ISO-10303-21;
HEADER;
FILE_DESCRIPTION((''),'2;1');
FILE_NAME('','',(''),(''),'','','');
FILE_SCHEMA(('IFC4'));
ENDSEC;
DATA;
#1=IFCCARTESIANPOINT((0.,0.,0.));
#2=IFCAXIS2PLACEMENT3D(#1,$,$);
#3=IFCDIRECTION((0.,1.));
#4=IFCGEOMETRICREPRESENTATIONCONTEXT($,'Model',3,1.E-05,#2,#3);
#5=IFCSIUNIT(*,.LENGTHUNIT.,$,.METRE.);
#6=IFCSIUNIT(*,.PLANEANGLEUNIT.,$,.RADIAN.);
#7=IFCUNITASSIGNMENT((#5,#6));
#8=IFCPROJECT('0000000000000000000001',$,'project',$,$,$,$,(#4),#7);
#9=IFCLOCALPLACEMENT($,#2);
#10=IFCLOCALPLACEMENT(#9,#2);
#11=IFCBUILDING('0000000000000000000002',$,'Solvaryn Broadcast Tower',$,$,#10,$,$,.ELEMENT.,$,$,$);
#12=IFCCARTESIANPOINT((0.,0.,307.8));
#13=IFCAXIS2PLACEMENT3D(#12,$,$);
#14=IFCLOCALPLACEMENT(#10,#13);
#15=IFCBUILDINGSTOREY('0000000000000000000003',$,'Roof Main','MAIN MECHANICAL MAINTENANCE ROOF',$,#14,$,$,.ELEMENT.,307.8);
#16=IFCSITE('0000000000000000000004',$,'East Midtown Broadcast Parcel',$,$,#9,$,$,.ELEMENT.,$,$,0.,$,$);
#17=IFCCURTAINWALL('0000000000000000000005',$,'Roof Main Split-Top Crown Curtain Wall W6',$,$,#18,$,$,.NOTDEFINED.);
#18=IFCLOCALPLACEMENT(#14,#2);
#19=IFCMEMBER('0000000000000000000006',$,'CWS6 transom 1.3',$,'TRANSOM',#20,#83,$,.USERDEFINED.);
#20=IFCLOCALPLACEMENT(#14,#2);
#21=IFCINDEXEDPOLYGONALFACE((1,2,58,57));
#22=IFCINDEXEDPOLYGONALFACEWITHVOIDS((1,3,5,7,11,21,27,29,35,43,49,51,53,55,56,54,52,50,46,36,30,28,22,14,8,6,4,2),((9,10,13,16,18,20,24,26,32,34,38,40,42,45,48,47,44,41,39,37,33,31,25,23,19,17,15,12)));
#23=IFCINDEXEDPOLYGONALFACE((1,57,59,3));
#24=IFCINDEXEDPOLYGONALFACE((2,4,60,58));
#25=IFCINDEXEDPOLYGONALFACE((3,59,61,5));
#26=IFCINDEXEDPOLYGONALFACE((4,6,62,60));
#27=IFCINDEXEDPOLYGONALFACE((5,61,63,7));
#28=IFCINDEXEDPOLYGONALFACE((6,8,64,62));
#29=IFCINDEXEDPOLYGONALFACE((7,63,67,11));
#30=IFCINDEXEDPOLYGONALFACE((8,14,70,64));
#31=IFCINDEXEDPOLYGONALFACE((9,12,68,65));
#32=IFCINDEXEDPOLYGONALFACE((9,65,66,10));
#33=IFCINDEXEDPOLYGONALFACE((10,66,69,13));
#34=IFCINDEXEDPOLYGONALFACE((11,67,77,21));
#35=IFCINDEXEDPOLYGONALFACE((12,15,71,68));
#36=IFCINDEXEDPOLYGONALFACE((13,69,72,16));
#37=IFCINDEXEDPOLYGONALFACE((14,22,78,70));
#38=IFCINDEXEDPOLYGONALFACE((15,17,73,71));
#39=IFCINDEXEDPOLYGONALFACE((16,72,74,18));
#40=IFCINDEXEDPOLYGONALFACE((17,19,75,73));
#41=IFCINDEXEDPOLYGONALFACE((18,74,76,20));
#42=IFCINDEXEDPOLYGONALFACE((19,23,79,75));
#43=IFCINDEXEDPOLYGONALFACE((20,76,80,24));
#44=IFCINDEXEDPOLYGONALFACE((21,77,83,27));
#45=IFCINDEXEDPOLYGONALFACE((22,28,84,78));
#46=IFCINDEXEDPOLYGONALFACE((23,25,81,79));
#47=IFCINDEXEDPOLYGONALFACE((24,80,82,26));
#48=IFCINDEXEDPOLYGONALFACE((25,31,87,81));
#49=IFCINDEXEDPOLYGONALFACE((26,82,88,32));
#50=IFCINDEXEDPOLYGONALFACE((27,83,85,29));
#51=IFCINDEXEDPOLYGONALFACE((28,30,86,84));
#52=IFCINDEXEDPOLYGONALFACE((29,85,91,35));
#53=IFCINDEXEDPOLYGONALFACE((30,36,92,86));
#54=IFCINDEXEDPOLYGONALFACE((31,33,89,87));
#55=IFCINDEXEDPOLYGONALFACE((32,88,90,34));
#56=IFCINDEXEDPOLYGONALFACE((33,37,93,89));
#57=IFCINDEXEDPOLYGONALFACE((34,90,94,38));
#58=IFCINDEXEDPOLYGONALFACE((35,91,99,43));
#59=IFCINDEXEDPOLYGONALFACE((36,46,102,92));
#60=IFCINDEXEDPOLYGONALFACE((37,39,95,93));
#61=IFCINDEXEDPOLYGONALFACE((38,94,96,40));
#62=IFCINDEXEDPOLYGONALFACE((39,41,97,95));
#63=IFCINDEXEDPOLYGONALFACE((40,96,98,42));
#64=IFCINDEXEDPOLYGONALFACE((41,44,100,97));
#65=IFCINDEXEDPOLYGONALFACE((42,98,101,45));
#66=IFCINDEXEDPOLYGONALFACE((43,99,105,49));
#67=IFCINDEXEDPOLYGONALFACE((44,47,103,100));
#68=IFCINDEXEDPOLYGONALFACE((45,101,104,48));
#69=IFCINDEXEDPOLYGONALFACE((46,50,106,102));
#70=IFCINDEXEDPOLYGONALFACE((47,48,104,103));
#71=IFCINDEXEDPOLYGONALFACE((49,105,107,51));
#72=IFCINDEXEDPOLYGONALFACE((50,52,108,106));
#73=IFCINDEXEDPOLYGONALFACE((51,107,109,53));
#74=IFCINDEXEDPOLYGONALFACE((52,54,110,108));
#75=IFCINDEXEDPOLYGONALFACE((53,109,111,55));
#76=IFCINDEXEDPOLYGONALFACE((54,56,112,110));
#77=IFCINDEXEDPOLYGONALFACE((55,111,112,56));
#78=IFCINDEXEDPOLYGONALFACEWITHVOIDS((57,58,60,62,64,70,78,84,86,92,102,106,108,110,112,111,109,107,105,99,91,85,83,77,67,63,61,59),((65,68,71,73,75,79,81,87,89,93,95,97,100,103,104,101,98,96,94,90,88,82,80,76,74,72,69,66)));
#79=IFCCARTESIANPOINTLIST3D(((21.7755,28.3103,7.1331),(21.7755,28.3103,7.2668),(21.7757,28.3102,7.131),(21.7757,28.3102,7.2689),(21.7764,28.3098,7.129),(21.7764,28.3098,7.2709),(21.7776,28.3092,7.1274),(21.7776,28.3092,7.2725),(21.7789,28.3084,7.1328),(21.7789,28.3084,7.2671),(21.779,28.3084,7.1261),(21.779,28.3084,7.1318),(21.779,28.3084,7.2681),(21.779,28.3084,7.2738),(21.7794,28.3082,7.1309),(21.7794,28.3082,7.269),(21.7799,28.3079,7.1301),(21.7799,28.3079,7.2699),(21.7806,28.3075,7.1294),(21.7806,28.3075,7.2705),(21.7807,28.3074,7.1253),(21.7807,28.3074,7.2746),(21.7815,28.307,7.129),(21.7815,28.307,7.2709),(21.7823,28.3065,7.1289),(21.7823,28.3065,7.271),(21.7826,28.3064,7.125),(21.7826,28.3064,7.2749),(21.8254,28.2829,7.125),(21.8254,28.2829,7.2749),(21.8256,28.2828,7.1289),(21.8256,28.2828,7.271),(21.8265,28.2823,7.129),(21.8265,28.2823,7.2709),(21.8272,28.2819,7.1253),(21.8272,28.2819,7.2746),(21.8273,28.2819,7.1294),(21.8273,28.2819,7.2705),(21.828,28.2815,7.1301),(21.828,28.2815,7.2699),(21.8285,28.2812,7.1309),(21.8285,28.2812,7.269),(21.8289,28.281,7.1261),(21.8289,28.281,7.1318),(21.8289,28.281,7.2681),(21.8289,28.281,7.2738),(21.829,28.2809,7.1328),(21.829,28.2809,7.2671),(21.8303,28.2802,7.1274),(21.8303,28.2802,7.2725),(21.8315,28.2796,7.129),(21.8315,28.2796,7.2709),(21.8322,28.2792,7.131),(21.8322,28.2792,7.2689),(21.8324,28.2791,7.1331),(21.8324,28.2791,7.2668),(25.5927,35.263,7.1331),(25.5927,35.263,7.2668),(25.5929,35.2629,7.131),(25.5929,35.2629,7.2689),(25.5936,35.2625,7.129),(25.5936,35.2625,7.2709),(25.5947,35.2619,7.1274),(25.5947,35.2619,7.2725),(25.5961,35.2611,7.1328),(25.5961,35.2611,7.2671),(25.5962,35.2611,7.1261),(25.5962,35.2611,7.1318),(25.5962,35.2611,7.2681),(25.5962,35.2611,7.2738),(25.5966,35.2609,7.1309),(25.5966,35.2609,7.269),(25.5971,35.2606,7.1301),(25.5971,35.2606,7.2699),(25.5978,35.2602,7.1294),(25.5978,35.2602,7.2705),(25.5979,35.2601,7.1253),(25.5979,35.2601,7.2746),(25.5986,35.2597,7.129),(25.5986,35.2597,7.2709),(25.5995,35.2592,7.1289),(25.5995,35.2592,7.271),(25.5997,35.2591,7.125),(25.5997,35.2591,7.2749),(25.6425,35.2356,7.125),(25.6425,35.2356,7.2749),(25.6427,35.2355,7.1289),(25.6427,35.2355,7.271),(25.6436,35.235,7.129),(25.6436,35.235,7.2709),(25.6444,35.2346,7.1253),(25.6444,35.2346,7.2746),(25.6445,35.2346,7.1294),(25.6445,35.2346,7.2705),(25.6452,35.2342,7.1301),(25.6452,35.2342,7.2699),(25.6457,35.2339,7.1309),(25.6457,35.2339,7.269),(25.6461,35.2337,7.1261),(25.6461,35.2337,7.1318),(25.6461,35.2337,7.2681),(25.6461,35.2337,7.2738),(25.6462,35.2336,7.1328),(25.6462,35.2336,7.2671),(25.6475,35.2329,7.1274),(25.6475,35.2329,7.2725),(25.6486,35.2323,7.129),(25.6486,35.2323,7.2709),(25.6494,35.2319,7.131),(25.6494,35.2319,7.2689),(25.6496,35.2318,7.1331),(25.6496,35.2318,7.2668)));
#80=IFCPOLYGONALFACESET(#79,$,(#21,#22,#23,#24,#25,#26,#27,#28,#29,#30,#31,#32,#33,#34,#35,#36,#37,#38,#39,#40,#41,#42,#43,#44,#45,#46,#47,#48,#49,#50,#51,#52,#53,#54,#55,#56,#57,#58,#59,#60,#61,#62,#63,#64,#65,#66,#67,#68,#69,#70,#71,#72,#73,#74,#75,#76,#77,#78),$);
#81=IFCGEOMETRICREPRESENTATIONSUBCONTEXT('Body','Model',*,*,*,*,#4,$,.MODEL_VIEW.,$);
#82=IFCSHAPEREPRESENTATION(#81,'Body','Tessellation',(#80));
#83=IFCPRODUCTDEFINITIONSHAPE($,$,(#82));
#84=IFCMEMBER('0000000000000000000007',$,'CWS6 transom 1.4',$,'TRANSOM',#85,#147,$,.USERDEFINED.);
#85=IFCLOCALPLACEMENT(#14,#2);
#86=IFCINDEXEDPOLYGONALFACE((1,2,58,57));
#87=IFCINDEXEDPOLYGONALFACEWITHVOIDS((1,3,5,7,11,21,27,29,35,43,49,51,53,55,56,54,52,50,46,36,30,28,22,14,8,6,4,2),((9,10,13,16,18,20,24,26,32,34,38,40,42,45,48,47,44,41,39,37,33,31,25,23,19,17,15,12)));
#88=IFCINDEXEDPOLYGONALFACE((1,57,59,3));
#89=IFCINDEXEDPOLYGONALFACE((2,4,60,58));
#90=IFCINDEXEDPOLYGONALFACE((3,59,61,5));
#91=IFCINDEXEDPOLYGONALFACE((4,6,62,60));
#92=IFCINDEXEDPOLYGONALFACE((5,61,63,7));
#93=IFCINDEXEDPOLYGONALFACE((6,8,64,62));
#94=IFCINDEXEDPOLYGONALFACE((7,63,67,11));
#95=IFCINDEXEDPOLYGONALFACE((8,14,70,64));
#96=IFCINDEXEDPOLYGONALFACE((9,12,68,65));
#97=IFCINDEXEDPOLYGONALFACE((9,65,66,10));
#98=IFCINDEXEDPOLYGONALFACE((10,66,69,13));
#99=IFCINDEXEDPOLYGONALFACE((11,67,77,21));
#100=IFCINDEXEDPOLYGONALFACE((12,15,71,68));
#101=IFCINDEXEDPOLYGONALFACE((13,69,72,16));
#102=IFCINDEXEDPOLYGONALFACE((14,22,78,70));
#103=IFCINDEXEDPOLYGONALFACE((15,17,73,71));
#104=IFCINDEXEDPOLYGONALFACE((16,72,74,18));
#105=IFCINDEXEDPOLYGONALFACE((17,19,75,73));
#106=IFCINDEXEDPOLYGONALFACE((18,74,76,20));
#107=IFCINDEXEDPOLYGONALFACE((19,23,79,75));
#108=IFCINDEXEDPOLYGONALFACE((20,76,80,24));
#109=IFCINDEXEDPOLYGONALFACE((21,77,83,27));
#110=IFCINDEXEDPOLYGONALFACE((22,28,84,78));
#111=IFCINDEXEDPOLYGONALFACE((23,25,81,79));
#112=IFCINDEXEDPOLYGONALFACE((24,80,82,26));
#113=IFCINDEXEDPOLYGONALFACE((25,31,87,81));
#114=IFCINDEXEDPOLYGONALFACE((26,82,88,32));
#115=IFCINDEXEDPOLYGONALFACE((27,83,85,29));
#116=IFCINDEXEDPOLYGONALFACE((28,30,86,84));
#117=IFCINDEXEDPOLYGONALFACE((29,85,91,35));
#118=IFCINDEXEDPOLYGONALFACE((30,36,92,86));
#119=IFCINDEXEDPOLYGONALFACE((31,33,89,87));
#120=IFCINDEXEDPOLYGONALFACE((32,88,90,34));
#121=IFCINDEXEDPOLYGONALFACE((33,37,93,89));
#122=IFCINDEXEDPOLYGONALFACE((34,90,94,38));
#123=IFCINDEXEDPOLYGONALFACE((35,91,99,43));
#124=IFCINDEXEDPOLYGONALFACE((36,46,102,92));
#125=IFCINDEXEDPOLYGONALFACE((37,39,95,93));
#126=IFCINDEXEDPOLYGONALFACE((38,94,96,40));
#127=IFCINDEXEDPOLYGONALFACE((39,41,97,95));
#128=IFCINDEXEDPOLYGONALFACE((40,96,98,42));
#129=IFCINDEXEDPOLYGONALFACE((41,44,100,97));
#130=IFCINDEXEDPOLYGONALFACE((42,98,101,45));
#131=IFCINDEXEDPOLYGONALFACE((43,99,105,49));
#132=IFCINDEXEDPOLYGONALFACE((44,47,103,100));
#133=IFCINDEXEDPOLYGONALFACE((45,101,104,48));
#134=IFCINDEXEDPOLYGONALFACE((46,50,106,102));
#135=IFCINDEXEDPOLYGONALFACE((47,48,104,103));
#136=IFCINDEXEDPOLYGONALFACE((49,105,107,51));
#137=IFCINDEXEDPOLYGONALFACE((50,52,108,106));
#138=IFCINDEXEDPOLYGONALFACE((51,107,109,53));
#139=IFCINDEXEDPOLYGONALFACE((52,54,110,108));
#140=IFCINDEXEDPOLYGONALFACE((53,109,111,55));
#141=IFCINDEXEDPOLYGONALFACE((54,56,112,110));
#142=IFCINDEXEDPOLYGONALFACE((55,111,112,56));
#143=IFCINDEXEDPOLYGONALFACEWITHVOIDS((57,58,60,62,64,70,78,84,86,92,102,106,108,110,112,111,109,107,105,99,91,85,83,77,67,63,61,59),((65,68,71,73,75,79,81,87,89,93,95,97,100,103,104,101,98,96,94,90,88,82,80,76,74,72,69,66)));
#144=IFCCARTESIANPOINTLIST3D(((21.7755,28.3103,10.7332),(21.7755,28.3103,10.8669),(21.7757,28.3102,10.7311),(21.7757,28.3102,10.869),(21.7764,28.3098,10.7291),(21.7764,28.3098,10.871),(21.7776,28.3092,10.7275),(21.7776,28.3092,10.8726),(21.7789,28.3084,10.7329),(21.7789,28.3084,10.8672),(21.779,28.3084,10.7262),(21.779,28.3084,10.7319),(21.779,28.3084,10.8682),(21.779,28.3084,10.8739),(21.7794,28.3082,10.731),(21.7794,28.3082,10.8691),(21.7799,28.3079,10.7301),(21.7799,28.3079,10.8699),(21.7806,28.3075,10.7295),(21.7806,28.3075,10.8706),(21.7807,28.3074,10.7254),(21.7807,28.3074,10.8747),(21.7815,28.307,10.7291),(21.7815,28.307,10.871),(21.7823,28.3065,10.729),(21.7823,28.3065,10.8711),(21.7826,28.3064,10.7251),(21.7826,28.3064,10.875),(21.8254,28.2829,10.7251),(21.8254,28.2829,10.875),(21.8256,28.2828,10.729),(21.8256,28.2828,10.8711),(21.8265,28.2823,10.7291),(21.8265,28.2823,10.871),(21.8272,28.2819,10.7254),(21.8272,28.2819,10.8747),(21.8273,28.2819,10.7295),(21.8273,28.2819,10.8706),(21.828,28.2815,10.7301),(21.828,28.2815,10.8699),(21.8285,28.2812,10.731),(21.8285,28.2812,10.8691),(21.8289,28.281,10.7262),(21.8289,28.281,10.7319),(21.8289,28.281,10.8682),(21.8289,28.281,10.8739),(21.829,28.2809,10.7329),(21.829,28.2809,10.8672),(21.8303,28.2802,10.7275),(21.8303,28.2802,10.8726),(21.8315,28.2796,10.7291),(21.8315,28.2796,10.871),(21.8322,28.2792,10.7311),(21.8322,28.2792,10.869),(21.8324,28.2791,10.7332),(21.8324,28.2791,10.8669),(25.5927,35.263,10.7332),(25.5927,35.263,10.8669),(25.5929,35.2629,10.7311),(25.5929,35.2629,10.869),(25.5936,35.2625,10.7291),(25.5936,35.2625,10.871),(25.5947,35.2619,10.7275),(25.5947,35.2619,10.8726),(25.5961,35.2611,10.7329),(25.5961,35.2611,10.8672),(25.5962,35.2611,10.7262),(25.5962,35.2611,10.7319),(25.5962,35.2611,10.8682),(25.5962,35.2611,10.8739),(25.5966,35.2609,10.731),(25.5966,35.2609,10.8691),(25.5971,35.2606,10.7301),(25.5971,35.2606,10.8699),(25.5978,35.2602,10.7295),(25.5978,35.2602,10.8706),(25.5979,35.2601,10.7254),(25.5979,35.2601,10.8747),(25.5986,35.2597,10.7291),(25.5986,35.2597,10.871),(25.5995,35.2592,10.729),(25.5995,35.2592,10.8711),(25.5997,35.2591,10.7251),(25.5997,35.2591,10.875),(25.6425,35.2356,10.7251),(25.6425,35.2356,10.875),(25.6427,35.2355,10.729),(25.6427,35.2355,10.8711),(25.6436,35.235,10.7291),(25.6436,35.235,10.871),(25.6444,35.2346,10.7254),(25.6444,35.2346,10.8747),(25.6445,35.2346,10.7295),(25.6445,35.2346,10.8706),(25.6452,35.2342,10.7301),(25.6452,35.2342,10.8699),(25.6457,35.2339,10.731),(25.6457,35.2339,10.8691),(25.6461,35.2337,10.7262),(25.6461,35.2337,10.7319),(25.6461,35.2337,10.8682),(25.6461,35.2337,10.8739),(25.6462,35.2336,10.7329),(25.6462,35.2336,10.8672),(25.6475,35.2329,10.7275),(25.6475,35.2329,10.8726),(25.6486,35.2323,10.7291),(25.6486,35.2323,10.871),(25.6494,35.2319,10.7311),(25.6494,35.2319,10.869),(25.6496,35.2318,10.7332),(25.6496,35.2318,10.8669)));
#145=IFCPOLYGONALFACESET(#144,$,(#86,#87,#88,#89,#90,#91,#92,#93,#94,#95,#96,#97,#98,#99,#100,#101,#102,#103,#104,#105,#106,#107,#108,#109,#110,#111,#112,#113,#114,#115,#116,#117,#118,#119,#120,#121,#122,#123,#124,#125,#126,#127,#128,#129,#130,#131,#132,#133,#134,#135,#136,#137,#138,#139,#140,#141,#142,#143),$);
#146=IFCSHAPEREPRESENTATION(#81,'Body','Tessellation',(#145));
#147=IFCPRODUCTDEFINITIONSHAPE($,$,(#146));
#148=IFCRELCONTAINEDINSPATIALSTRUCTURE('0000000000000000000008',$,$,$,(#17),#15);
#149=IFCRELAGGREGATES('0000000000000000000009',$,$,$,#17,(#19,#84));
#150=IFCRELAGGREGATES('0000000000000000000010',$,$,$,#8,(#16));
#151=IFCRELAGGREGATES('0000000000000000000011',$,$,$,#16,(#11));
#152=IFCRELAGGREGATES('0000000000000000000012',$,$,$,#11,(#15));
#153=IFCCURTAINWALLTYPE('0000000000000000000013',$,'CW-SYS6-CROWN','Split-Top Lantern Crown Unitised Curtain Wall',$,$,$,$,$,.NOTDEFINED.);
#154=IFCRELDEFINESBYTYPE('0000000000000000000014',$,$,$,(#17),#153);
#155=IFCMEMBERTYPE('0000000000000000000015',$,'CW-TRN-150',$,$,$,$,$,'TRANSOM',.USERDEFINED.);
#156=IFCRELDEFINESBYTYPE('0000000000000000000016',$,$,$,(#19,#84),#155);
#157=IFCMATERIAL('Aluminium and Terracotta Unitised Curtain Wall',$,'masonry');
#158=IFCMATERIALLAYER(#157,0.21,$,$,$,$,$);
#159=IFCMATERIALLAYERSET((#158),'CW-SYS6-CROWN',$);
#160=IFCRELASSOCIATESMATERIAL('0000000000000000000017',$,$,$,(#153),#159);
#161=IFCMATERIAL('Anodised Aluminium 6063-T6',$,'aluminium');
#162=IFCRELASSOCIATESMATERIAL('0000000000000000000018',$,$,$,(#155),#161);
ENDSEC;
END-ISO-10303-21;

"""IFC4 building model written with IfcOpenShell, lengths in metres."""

from ifc_helpers import new_model, si_unit, direction, frame, origin, origin_2d, place, context, subcontext, project, spatial, hollow_rectangle, extrude, material, layer, layer_set, material_profile, profile_set, type_object, element, aggregate, save


model = new_model("IFC4")

# Units and contexts
model_context = context("Model", 3, precision=1e-05, world=origin(), true_north=direction((0.0, 1.0)))
body_context = subcontext(model_context, "Body", "Model", "MODEL_VIEW")
ifc_project = project(units=[si_unit("LENGTHUNIT", "METRE"), si_unit("PLANEANGLEUNIT", "RADIAN")], contexts=[model_context])

# Site, building, storey
site_placement = place(None, origin())
site = spatial("IfcSite", under=ifc_project, at=site_placement, Name="East Midtown Broadcast Parcel", CompositionType="ELEMENT", RefElevation=0.0)
building_placement = place(site_placement, origin())
building = spatial("IfcBuilding", under=site, at=building_placement, Name="Solvaryn Broadcast Tower", CompositionType="ELEMENT")
storey_placement = place(building_placement, frame((0.0, 0.0, 307.8)))
storey = spatial("IfcBuildingStorey", under=building, at=storey_placement, Name="Roof Main", Description="MAIN MECHANICAL MAINTENANCE ROOF", CompositionType="ELEMENT", Elevation=307.8)

# Shared definitions
ifc_material_1 = material(Name="Aluminium and Terracotta Unitised Curtain Wall", Category="masonry")
ifc_layer_1 = layer(ifc_material_1, 0.21)
ifc_layer_set_1 = layer_set([ifc_layer_1], Name="CW-SYS6-CROWN")
curtain_wall_type = type_object("IfcCurtainWallType", Name="CW-SYS6-CROWN", Description="Split-Top Lantern Crown Unitised Curtain Wall", PredefinedType="NOTDEFINED", material=ifc_layer_set_1)

# Curtain wall
curtain_wall_1_placement = place(storey_placement, origin())
curtain_wall_1 = element("IfcCurtainWall", 1, at=curtain_wall_1_placement, inside=storey, type_object=curtain_wall_type, Name="Roof Main Split-Top Crown Curtain Wall W6", PredefinedType="NOTDEFINED")

# Members
ifc_material_2 = material(Name="Anodised Aluminium 6063-T6", Category="aluminium")
ifc_material_profile_1 = material_profile(ifc_material_2, hollow_rectangle(XDim=0.0649, YDim=0.1499, WallThickness=0.0039, InnerFilletRadius=0.0039, OuterFilletRadius=0.0081, at=origin_2d()))
ifc_profile_set_1 = profile_set([ifc_material_profile_1], Name="Anodised Aluminium 6063-T6")
member_type_1 = type_object("IfcMemberType", Name="CW-TRN-150", ElementType="TRANSOM", PredefinedType="USERDEFINED", material=ifc_profile_set_1)
member_1_placement = place(storey_placement, frame((21.804, 28.2947, 7.2), z_axis=(0.481259, 0.876578, 0.0), x_axis=(-0.876578, 0.481259, 0.0)))
member_1 = element("IfcMember", 2, at=member_1_placement, type_object=member_type_1, Name="CWS6 transom 1.3", ObjectType="TRANSOM", PredefinedType="USERDEFINED", context=body_context, shape_type="SweptSolid", body=[
    extrude(hollow_rectangle(XDim=0.0649, YDim=0.1499, WallThickness=0.0039, InnerFilletRadius=0.0039, OuterFilletRadius=0.0081, at=origin_2d()), origin(), (0.0, 0.0, 1.0), 7.9316),
])
member_2_placement = place(storey_placement, frame((21.804, 28.2947, 10.8), z_axis=(0.481259, 0.876578, 0.0), x_axis=(-0.876578, 0.481259, 0.0)))
member_2 = element("IfcMember", 3, at=member_2_placement, type_object=member_type_1, Name="CWS6 transom 1.4", ObjectType="TRANSOM", PredefinedType="USERDEFINED", context=body_context, shape_type="SweptSolid", body=[
    extrude(hollow_rectangle(XDim=0.0649, YDim=0.1499, WallThickness=0.0039, InnerFilletRadius=0.0039, OuterFilletRadius=0.0081, at=origin_2d()), origin(), (0.0, 0.0, 1.0), 7.9316),
])

aggregate(curtain_wall_1, [member_1, member_2])

save(model, "model.ifc")
